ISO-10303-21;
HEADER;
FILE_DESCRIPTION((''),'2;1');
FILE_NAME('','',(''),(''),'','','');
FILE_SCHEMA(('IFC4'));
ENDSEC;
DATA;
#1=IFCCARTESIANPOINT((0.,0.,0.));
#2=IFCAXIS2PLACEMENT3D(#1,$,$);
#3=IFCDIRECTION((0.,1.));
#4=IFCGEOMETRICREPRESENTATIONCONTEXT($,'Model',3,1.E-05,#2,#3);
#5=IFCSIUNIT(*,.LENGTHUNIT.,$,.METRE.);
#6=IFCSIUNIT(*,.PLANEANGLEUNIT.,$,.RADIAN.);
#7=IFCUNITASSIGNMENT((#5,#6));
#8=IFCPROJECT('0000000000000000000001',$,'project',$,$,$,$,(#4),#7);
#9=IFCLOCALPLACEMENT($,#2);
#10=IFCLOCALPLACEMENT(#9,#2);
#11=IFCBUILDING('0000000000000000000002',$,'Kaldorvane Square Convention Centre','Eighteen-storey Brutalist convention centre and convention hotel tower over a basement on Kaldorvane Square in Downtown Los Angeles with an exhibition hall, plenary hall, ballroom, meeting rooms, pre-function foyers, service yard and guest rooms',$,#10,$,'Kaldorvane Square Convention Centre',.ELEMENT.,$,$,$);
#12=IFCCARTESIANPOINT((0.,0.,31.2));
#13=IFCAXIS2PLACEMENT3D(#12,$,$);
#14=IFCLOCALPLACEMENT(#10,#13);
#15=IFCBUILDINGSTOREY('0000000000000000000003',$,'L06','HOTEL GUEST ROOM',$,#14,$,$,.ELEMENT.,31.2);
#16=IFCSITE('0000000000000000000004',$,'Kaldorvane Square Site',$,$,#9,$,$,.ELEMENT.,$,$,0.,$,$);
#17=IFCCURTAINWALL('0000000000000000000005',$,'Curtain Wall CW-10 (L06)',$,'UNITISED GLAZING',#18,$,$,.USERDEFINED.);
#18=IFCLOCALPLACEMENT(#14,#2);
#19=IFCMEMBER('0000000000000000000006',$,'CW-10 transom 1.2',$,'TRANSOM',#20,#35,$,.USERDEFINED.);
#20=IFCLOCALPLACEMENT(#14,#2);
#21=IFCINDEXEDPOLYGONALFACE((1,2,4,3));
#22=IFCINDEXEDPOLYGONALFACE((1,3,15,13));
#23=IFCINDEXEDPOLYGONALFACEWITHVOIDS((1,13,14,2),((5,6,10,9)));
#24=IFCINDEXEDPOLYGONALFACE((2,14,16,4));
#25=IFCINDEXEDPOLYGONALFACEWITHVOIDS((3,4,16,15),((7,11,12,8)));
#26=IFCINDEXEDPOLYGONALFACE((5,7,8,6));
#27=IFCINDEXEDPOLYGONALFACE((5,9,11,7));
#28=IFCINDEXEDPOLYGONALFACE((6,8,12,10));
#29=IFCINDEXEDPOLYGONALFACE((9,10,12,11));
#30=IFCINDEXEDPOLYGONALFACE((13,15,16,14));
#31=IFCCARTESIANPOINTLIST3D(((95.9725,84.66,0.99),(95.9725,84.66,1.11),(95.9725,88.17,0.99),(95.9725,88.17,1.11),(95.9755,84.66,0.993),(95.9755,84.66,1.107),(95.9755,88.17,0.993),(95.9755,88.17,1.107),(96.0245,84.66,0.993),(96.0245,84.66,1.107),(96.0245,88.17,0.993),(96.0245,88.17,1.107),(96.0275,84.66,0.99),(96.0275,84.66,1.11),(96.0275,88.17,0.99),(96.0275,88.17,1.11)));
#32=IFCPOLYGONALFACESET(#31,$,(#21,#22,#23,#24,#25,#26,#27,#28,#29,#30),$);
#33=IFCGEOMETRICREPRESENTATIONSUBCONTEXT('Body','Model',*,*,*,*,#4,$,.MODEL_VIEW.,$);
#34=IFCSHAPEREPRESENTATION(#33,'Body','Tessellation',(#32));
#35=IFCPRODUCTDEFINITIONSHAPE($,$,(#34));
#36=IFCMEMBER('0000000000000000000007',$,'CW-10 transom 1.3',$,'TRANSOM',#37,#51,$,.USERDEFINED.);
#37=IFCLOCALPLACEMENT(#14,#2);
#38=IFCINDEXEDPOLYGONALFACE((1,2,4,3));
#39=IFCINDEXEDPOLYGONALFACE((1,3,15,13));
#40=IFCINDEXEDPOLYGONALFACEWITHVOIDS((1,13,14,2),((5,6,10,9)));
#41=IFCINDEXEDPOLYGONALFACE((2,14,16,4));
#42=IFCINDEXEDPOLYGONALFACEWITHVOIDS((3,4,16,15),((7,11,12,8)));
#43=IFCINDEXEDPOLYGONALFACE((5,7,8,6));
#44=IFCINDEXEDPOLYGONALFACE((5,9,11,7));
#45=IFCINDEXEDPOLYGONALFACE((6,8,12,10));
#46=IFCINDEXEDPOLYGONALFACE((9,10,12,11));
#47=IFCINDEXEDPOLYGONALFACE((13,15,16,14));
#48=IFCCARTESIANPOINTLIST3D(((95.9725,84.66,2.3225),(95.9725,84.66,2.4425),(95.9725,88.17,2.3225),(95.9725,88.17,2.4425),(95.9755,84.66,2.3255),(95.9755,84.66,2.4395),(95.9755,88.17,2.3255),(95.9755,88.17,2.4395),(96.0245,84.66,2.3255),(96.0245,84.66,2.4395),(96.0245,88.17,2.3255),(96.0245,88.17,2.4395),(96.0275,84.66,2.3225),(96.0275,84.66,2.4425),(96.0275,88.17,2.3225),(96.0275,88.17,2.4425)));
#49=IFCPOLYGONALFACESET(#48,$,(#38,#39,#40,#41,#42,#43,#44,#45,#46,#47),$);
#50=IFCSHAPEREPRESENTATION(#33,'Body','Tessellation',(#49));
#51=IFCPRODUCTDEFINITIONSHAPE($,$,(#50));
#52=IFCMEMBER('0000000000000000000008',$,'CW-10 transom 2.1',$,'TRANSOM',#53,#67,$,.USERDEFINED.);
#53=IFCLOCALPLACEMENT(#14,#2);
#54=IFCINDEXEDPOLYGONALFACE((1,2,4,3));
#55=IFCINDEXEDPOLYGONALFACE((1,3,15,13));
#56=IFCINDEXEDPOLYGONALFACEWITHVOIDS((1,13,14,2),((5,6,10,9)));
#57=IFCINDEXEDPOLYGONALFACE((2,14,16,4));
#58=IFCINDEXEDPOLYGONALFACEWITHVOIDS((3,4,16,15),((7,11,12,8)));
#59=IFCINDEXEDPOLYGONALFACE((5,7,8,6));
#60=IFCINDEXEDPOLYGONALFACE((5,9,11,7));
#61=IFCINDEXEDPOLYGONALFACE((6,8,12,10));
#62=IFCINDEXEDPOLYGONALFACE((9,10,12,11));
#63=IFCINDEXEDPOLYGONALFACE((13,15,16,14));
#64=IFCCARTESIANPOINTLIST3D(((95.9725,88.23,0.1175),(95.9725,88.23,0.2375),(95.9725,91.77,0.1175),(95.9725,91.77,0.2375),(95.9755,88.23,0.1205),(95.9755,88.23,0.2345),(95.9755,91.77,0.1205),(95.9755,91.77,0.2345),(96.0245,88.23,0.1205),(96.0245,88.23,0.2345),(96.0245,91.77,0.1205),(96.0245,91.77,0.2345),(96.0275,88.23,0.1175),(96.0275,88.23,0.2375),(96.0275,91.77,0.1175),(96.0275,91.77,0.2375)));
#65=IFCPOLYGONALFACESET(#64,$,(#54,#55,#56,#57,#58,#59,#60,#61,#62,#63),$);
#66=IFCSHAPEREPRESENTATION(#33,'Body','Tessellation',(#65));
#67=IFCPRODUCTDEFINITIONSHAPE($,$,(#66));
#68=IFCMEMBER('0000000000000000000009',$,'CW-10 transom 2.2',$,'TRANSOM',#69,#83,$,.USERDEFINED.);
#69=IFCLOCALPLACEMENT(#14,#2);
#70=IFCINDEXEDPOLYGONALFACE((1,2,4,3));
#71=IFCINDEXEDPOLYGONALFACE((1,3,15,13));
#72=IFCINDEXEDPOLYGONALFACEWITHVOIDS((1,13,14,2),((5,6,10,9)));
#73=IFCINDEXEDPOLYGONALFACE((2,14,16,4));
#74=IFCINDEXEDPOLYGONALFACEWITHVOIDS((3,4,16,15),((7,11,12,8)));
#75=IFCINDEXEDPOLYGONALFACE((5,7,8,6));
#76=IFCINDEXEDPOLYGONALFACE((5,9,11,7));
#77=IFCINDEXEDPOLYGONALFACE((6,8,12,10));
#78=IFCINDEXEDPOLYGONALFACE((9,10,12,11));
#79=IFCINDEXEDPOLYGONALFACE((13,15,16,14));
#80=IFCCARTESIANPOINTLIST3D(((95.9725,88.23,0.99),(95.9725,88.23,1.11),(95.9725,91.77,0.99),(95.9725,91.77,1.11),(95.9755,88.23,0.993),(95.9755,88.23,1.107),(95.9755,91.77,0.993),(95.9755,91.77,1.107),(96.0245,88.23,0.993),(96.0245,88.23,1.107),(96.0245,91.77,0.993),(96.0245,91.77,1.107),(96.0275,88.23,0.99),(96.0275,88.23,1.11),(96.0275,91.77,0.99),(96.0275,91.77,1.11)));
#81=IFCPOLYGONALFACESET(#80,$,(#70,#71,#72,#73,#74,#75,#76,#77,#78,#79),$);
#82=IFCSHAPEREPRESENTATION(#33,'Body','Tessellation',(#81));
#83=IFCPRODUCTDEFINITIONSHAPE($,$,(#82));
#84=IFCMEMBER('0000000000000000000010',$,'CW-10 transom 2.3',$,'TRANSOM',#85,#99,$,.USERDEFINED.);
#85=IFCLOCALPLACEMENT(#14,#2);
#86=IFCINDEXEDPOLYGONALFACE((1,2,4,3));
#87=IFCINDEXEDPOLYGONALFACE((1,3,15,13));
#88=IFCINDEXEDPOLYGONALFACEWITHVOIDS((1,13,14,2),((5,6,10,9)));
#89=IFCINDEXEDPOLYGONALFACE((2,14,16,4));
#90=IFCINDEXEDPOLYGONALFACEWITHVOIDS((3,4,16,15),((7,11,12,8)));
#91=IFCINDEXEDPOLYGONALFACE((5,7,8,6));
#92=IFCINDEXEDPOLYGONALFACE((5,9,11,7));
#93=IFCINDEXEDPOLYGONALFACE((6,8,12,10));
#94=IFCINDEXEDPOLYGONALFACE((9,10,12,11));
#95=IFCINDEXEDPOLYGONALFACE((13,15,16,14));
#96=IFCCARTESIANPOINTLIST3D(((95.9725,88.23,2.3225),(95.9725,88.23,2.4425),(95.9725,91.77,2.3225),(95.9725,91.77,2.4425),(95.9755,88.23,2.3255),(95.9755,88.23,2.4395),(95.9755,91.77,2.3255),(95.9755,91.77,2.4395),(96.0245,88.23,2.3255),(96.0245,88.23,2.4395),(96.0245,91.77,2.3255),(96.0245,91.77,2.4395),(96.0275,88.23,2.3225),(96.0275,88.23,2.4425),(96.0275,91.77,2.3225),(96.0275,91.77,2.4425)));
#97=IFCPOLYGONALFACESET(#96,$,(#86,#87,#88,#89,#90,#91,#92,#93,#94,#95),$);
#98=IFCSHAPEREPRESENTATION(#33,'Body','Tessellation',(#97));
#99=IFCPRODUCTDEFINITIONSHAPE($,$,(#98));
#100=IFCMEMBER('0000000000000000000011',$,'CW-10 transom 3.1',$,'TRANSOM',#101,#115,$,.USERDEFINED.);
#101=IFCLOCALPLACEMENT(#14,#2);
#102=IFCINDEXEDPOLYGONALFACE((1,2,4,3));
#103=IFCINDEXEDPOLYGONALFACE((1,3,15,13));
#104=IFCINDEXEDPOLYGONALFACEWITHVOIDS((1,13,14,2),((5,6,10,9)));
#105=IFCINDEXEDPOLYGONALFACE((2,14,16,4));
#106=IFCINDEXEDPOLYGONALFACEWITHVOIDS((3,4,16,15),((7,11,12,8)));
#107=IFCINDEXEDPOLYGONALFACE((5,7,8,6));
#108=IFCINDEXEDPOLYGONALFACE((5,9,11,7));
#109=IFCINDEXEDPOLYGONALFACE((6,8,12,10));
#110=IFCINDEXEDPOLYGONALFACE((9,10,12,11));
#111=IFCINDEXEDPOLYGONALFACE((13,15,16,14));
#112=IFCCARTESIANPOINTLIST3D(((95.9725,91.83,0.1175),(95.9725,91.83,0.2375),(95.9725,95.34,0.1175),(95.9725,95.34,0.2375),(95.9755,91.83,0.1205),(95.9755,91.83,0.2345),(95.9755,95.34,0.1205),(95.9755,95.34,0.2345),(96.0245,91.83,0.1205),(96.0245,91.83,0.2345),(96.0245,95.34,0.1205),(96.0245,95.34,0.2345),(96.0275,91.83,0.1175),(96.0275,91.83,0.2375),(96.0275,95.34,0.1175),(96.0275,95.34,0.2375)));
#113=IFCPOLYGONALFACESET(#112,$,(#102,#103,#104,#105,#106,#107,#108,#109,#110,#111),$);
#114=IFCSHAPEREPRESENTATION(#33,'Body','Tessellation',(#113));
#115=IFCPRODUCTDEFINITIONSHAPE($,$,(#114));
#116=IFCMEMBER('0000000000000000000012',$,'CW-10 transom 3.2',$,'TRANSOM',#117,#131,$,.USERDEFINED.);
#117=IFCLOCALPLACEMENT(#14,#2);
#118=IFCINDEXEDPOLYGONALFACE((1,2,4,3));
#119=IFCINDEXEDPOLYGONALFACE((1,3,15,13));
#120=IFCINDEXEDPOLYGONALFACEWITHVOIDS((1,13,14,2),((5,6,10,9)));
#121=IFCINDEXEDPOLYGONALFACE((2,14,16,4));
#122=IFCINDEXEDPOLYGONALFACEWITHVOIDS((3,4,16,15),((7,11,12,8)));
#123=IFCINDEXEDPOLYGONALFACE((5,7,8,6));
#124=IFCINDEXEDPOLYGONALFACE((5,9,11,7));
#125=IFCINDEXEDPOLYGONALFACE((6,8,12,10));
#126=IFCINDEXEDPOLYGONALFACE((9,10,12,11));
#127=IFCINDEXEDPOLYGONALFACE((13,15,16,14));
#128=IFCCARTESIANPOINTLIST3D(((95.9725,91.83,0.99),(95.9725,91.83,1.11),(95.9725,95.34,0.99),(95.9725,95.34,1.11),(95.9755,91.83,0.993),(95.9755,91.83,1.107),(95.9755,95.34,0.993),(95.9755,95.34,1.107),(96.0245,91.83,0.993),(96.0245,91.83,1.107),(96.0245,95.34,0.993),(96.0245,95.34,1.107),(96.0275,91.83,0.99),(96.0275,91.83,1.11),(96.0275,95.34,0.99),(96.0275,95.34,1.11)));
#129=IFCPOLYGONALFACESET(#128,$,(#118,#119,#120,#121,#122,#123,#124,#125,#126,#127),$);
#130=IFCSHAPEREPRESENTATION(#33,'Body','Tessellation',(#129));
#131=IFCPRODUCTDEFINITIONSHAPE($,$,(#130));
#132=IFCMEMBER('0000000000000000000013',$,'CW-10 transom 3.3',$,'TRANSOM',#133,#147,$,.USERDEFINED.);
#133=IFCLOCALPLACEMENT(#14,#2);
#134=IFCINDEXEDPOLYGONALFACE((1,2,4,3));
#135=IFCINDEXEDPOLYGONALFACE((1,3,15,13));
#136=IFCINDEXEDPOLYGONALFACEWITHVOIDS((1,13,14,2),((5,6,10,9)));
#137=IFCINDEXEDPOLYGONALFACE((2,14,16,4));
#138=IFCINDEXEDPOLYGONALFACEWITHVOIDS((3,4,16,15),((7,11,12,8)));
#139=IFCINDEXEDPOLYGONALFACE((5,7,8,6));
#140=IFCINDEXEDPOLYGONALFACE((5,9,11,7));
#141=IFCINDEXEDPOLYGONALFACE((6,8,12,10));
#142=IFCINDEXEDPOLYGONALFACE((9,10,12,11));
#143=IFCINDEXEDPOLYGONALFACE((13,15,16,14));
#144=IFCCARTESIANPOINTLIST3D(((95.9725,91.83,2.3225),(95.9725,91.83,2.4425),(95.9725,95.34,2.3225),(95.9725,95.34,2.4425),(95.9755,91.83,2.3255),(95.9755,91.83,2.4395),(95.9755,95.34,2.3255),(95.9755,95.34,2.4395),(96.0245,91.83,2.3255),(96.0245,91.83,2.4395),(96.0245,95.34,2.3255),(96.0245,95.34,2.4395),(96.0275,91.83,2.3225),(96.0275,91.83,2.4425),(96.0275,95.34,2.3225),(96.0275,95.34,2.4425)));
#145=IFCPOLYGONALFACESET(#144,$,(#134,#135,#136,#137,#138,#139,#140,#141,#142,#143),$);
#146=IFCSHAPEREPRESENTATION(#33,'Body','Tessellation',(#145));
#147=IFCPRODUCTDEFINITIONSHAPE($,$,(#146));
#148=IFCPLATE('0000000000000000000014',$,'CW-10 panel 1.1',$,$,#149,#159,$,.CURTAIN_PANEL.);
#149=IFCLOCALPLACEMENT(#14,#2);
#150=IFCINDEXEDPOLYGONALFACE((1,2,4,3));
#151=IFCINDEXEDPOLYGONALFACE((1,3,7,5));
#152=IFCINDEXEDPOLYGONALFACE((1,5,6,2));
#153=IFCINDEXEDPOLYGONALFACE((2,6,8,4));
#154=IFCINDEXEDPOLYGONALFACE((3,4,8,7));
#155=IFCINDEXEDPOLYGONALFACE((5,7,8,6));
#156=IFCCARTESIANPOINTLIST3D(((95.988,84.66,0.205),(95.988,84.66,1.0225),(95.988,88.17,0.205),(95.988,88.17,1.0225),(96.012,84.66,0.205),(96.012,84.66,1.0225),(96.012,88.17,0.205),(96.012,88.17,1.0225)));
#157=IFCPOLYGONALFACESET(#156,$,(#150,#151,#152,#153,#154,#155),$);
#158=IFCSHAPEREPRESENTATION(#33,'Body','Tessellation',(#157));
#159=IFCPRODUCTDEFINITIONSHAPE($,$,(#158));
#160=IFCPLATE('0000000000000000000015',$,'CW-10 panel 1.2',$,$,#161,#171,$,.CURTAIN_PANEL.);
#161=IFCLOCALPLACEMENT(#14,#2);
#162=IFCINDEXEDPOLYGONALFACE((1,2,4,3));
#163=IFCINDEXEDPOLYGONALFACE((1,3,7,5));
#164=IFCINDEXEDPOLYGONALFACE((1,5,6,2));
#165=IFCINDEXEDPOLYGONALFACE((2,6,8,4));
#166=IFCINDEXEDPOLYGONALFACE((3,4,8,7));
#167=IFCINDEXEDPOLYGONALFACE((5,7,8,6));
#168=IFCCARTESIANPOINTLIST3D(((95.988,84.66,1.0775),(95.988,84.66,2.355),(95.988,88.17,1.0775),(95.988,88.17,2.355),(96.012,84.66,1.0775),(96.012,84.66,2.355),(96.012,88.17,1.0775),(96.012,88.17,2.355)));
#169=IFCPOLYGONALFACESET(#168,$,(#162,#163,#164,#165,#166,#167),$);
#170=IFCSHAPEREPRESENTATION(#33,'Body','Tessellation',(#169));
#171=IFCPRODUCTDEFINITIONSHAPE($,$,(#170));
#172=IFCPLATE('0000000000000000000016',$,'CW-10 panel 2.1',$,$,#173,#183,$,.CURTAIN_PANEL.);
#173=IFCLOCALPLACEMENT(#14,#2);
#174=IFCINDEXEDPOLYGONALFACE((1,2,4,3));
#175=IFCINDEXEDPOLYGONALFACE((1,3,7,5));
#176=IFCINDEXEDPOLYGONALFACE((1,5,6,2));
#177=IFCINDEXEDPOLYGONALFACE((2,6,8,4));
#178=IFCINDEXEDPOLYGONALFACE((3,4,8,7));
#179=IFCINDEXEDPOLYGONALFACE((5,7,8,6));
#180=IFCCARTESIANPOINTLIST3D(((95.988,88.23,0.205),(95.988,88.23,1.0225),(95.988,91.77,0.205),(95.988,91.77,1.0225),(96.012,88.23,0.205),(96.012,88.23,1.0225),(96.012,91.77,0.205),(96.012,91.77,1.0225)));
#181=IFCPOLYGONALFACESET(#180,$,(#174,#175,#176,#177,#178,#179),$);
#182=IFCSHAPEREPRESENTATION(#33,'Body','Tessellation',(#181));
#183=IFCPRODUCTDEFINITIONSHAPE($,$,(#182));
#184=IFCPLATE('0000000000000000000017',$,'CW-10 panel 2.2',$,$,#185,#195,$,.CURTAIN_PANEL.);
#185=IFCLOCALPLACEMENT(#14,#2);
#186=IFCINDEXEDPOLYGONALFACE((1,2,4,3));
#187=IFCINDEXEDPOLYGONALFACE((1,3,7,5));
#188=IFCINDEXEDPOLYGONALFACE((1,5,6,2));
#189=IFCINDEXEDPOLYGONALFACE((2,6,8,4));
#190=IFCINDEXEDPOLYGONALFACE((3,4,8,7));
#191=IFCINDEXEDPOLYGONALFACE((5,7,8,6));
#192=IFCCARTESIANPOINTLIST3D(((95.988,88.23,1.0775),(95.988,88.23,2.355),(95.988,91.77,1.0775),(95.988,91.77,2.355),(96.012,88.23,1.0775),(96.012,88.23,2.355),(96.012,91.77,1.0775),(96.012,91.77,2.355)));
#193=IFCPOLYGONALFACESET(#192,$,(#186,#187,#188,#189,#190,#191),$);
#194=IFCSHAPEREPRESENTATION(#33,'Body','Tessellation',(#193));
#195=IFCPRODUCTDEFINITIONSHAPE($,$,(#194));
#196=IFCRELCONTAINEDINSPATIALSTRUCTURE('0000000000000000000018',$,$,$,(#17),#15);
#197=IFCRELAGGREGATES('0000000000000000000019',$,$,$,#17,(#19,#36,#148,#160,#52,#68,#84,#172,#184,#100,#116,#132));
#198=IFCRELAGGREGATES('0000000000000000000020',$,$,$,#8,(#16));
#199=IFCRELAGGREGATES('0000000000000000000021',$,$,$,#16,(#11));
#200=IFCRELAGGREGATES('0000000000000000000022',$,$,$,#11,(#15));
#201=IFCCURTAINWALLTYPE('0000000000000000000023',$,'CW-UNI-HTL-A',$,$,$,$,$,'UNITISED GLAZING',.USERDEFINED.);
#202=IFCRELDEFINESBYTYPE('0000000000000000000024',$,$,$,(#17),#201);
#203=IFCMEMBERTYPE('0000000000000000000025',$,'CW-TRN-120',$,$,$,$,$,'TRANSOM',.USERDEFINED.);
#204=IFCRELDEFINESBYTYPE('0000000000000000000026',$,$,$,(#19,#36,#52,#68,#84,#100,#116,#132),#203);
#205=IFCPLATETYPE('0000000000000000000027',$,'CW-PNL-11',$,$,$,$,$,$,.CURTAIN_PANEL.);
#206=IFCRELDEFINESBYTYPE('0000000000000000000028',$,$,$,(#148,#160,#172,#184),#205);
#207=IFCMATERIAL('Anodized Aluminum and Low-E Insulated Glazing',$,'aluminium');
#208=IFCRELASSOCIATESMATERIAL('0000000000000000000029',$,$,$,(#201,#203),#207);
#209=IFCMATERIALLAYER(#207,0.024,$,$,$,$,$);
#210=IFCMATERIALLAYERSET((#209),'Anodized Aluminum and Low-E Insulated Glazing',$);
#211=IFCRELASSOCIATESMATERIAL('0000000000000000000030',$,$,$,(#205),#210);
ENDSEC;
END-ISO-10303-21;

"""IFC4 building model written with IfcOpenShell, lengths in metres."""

from ifc_helpers import new_model, si_unit, direction, frame, origin, origin_2d, place, context, subcontext, project, spatial, rectangle, hollow_rectangle, extrude, material, layer, layer_set, material_profile, profile_set, type_object, element, aggregate, save


model = new_model("IFC4")

# Units and contexts
model_context = context("Model", 3, precision=1e-05, world=origin(), true_north=direction((0.0, 1.0)))
body_context = subcontext(model_context, "Body", "Model", "MODEL_VIEW")
ifc_project = project(units=[si_unit("LENGTHUNIT", "METRE"), si_unit("PLANEANGLEUNIT", "RADIAN")], contexts=[model_context])

# Site, building, storey
site_placement = place(None, origin())
site = spatial("IfcSite", under=ifc_project, at=site_placement, Name="Kaldorvane Square Site", CompositionType="ELEMENT", RefElevation=0.0)
building_placement = place(site_placement, origin())
building = spatial("IfcBuilding", under=site, at=building_placement, Name="Kaldorvane Square Convention Centre", Description="Eighteen-storey Brutalist convention centre and convention hotel tower over a basement on Kaldorvane Square in Downtown Los Angeles with an exhibition hall, plenary hall, ballroom, meeting rooms, pre-function foyers, service yard and guest rooms", LongName="Kaldorvane Square Convention Centre", CompositionType="ELEMENT")
storey_placement = place(building_placement, frame((0.0, 0.0, 31.2)))
storey = spatial("IfcBuildingStorey", under=building, at=storey_placement, Name="L06", Description="HOTEL GUEST ROOM", CompositionType="ELEMENT", Elevation=31.2)

# Curtain wall, members, plates
ifc_material_1 = material(Name="Anodized Aluminum and Low-E Insulated Glazing", Category="aluminium")
curtain_wall_type = type_object("IfcCurtainWallType", Name="CW-UNI-HTL-A", ElementType="UNITISED GLAZING", PredefinedType="USERDEFINED", material=ifc_material_1)
curtain_wall_placement = place(storey_placement, origin())
curtain_wall = element("IfcCurtainWall", 1, at=curtain_wall_placement, inside=storey, type_object=curtain_wall_type, Name="Curtain Wall CW-10 (L06)", ObjectType="UNITISED GLAZING", PredefinedType="USERDEFINED")
ifc_material_profile_1 = material_profile(ifc_material_1, hollow_rectangle(XDim=0.055, YDim=0.12, WallThickness=0.003, at=origin_2d()), Name="CWT-120X55")
ifc_profile_set_1 = profile_set([ifc_material_profile_1], Name="Anodized Aluminum and Low-E Insulated Glazing")
member_type_1 = type_object("IfcMemberType", Name="CW-TRN-120", ElementType="TRANSOM", PredefinedType="USERDEFINED", material=ifc_profile_set_1)
member_1_placement = place(storey_placement, frame((96.0, 84.66, 1.05), z_axis=(0.0, 1.0, 0.0), x_axis=(-1.0, 0.0, 0.0)))
member_1 = element("IfcMember", 2, at=member_1_placement, type_object=member_type_1, Name="CW-10 transom 1.2", ObjectType="TRANSOM", PredefinedType="USERDEFINED", context=body_context, shape_type="SweptSolid", body=[
    extrude(hollow_rectangle(XDim=0.055, YDim=0.12, WallThickness=0.003, at=origin_2d()), origin(), (0.0, 0.0, 1.0), 3.51),
])
member_2_placement = place(storey_placement, frame((96.0, 84.66, 2.3825), z_axis=(0.0, 1.0, 0.0), x_axis=(-1.0, 0.0, 0.0)))
member_2 = element("IfcMember", 3, at=member_2_placement, type_object=member_type_1, Name="CW-10 transom 1.3", ObjectType="TRANSOM", PredefinedType="USERDEFINED", context=body_context, shape_type="SweptSolid", body=[
    extrude(hollow_rectangle(XDim=0.055, YDim=0.12, WallThickness=0.003, at=origin_2d()), origin(), (0.0, 0.0, 1.0), 3.51),
])
member_3_placement = place(storey_placement, frame((96.0, 88.23, 0.1775), z_axis=(0.0, 1.0, 0.0), x_axis=(-1.0, 0.0, 0.0)))
member_3 = element("IfcMember", 4, at=member_3_placement, type_object=member_type_1, Name="CW-10 transom 2.1", ObjectType="TRANSOM", PredefinedType="USERDEFINED", context=body_context, shape_type="SweptSolid", body=[
    extrude(hollow_rectangle(XDim=0.055, YDim=0.12, WallThickness=0.003, at=origin_2d()), origin(), (0.0, 0.0, 1.0), 3.54),
])
member_4_placement = place(storey_placement, frame((96.0, 88.23, 1.05), z_axis=(0.0, 1.0, 0.0), x_axis=(-1.0, 0.0, 0.0)))
member_4 = element("IfcMember", 5, at=member_4_placement, type_object=member_type_1, Name="CW-10 transom 2.2", ObjectType="TRANSOM", PredefinedType="USERDEFINED", context=body_context, shape_type="SweptSolid", body=[
    extrude(hollow_rectangle(XDim=0.055, YDim=0.12, WallThickness=0.003, at=origin_2d()), origin(), (0.0, 0.0, 1.0), 3.54),
])
member_5_placement = place(storey_placement, frame((96.0, 88.23, 2.3825), z_axis=(0.0, 1.0, 0.0), x_axis=(-1.0, 0.0, 0.0)))
member_5 = element("IfcMember", 6, at=member_5_placement, type_object=member_type_1, Name="CW-10 transom 2.3", ObjectType="TRANSOM", PredefinedType="USERDEFINED", context=body_context, shape_type="SweptSolid", body=[
    extrude(hollow_rectangle(XDim=0.055, YDim=0.12, WallThickness=0.003, at=origin_2d()), origin(), (0.0, 0.0, 1.0), 3.54),
])
member_6_placement = place(storey_placement, frame((96.0, 91.83, 0.1775), z_axis=(0.0, 1.0, 0.0), x_axis=(-1.0, 0.0, 0.0)))
member_6 = element("IfcMember", 7, at=member_6_placement, type_object=member_type_1, Name="CW-10 transom 3.1", ObjectType="TRANSOM", PredefinedType="USERDEFINED", context=body_context, shape_type="SweptSolid", body=[
    extrude(hollow_rectangle(XDim=0.055, YDim=0.12, WallThickness=0.003, at=origin_2d()), origin(), (0.0, 0.0, 1.0), 3.51),
])
member_7_placement = place(storey_placement, frame((96.0, 91.83, 1.05), z_axis=(0.0, 1.0, 0.0), x_axis=(-1.0, 0.0, 0.0)))
member_7 = element("IfcMember", 8, at=member_7_placement, type_object=member_type_1, Name="CW-10 transom 3.2", ObjectType="TRANSOM", PredefinedType="USERDEFINED", context=body_context, shape_type="SweptSolid", body=[
    extrude(hollow_rectangle(XDim=0.055, YDim=0.12, WallThickness=0.003, at=origin_2d()), origin(), (0.0, 0.0, 1.0), 3.51),
])
member_8_placement = place(storey_placement, frame((96.0, 91.83, 2.3825), z_axis=(0.0, 1.0, 0.0), x_axis=(-1.0, 0.0, 0.0)))
member_8 = element("IfcMember", 9, at=member_8_placement, type_object=member_type_1, Name="CW-10 transom 3.3", ObjectType="TRANSOM", PredefinedType="USERDEFINED", context=body_context, shape_type="SweptSolid", body=[
    extrude(hollow_rectangle(XDim=0.055, YDim=0.12, WallThickness=0.003, at=origin_2d()), origin(), (0.0, 0.0, 1.0), 3.51),
])
ifc_layer_1 = layer(ifc_material_1, 0.024)
ifc_layer_set_1 = layer_set([ifc_layer_1], Name="Anodized Aluminum and Low-E Insulated Glazing")
plate_type = type_object("IfcPlateType", Name="CW-PNL-11", PredefinedType="CURTAIN_PANEL", material=ifc_layer_set_1)
plate_1_placement = place(storey_placement, frame((96.0, 86.415, 0.205), z_axis=(0.0, 0.0, 1.0), x_axis=(0.0, 1.0, 0.0)))
plate_1 = element("IfcPlate", 10, at=plate_1_placement, type_object=plate_type, Name="CW-10 panel 1.1", PredefinedType="CURTAIN_PANEL", context=body_context, shape_type="SweptSolid", body=[
    extrude(rectangle(XDim=3.51, YDim=0.024, at=origin_2d()), origin(), (0.0, 0.0, 1.0), 0.8175),
])
plate_2_placement = place(storey_placement, frame((96.0, 86.415, 1.0775), z_axis=(0.0, 0.0, 1.0), x_axis=(0.0, 1.0, 0.0)))
plate_2 = element("IfcPlate", 11, at=plate_2_placement, type_object=plate_type, Name="CW-10 panel 1.2", PredefinedType="CURTAIN_PANEL", context=body_context, shape_type="SweptSolid", body=[
    extrude(rectangle(XDim=3.51, YDim=0.024, at=origin_2d()), origin(), (0.0, 0.0, 1.0), 1.2775),
])
plate_3_placement = place(storey_placement, frame((96.0, 90.0, 0.205), z_axis=(0.0, 0.0, 1.0), x_axis=(0.0, 1.0, 0.0)))
plate_3 = element("IfcPlate", 12, at=plate_3_placement, type_object=plate_type, Name="CW-10 panel 2.1", PredefinedType="CURTAIN_PANEL", context=body_context, shape_type="SweptSolid", body=[
    extrude(rectangle(XDim=3.54, YDim=0.024, at=origin_2d()), origin(), (0.0, 0.0, 1.0), 0.8175),
])
plate_4_placement = place(storey_placement, frame((96.0, 90.0, 1.0775), z_axis=(0.0, 0.0, 1.0), x_axis=(0.0, 1.0, 0.0)))
plate_4 = element("IfcPlate", 13, at=plate_4_placement, type_object=plate_type, Name="CW-10 panel 2.2", PredefinedType="CURTAIN_PANEL", context=body_context, shape_type="SweptSolid", body=[
    extrude(rectangle(XDim=3.54, YDim=0.024, at=origin_2d()), origin(), (0.0, 0.0, 1.0), 1.2775),
])
aggregate(curtain_wall, [member_1, member_2, plate_1, plate_2, member_3, member_4, member_5, plate_3, plate_4, member_6, member_7, member_8])

save(model, "model.ifc")
